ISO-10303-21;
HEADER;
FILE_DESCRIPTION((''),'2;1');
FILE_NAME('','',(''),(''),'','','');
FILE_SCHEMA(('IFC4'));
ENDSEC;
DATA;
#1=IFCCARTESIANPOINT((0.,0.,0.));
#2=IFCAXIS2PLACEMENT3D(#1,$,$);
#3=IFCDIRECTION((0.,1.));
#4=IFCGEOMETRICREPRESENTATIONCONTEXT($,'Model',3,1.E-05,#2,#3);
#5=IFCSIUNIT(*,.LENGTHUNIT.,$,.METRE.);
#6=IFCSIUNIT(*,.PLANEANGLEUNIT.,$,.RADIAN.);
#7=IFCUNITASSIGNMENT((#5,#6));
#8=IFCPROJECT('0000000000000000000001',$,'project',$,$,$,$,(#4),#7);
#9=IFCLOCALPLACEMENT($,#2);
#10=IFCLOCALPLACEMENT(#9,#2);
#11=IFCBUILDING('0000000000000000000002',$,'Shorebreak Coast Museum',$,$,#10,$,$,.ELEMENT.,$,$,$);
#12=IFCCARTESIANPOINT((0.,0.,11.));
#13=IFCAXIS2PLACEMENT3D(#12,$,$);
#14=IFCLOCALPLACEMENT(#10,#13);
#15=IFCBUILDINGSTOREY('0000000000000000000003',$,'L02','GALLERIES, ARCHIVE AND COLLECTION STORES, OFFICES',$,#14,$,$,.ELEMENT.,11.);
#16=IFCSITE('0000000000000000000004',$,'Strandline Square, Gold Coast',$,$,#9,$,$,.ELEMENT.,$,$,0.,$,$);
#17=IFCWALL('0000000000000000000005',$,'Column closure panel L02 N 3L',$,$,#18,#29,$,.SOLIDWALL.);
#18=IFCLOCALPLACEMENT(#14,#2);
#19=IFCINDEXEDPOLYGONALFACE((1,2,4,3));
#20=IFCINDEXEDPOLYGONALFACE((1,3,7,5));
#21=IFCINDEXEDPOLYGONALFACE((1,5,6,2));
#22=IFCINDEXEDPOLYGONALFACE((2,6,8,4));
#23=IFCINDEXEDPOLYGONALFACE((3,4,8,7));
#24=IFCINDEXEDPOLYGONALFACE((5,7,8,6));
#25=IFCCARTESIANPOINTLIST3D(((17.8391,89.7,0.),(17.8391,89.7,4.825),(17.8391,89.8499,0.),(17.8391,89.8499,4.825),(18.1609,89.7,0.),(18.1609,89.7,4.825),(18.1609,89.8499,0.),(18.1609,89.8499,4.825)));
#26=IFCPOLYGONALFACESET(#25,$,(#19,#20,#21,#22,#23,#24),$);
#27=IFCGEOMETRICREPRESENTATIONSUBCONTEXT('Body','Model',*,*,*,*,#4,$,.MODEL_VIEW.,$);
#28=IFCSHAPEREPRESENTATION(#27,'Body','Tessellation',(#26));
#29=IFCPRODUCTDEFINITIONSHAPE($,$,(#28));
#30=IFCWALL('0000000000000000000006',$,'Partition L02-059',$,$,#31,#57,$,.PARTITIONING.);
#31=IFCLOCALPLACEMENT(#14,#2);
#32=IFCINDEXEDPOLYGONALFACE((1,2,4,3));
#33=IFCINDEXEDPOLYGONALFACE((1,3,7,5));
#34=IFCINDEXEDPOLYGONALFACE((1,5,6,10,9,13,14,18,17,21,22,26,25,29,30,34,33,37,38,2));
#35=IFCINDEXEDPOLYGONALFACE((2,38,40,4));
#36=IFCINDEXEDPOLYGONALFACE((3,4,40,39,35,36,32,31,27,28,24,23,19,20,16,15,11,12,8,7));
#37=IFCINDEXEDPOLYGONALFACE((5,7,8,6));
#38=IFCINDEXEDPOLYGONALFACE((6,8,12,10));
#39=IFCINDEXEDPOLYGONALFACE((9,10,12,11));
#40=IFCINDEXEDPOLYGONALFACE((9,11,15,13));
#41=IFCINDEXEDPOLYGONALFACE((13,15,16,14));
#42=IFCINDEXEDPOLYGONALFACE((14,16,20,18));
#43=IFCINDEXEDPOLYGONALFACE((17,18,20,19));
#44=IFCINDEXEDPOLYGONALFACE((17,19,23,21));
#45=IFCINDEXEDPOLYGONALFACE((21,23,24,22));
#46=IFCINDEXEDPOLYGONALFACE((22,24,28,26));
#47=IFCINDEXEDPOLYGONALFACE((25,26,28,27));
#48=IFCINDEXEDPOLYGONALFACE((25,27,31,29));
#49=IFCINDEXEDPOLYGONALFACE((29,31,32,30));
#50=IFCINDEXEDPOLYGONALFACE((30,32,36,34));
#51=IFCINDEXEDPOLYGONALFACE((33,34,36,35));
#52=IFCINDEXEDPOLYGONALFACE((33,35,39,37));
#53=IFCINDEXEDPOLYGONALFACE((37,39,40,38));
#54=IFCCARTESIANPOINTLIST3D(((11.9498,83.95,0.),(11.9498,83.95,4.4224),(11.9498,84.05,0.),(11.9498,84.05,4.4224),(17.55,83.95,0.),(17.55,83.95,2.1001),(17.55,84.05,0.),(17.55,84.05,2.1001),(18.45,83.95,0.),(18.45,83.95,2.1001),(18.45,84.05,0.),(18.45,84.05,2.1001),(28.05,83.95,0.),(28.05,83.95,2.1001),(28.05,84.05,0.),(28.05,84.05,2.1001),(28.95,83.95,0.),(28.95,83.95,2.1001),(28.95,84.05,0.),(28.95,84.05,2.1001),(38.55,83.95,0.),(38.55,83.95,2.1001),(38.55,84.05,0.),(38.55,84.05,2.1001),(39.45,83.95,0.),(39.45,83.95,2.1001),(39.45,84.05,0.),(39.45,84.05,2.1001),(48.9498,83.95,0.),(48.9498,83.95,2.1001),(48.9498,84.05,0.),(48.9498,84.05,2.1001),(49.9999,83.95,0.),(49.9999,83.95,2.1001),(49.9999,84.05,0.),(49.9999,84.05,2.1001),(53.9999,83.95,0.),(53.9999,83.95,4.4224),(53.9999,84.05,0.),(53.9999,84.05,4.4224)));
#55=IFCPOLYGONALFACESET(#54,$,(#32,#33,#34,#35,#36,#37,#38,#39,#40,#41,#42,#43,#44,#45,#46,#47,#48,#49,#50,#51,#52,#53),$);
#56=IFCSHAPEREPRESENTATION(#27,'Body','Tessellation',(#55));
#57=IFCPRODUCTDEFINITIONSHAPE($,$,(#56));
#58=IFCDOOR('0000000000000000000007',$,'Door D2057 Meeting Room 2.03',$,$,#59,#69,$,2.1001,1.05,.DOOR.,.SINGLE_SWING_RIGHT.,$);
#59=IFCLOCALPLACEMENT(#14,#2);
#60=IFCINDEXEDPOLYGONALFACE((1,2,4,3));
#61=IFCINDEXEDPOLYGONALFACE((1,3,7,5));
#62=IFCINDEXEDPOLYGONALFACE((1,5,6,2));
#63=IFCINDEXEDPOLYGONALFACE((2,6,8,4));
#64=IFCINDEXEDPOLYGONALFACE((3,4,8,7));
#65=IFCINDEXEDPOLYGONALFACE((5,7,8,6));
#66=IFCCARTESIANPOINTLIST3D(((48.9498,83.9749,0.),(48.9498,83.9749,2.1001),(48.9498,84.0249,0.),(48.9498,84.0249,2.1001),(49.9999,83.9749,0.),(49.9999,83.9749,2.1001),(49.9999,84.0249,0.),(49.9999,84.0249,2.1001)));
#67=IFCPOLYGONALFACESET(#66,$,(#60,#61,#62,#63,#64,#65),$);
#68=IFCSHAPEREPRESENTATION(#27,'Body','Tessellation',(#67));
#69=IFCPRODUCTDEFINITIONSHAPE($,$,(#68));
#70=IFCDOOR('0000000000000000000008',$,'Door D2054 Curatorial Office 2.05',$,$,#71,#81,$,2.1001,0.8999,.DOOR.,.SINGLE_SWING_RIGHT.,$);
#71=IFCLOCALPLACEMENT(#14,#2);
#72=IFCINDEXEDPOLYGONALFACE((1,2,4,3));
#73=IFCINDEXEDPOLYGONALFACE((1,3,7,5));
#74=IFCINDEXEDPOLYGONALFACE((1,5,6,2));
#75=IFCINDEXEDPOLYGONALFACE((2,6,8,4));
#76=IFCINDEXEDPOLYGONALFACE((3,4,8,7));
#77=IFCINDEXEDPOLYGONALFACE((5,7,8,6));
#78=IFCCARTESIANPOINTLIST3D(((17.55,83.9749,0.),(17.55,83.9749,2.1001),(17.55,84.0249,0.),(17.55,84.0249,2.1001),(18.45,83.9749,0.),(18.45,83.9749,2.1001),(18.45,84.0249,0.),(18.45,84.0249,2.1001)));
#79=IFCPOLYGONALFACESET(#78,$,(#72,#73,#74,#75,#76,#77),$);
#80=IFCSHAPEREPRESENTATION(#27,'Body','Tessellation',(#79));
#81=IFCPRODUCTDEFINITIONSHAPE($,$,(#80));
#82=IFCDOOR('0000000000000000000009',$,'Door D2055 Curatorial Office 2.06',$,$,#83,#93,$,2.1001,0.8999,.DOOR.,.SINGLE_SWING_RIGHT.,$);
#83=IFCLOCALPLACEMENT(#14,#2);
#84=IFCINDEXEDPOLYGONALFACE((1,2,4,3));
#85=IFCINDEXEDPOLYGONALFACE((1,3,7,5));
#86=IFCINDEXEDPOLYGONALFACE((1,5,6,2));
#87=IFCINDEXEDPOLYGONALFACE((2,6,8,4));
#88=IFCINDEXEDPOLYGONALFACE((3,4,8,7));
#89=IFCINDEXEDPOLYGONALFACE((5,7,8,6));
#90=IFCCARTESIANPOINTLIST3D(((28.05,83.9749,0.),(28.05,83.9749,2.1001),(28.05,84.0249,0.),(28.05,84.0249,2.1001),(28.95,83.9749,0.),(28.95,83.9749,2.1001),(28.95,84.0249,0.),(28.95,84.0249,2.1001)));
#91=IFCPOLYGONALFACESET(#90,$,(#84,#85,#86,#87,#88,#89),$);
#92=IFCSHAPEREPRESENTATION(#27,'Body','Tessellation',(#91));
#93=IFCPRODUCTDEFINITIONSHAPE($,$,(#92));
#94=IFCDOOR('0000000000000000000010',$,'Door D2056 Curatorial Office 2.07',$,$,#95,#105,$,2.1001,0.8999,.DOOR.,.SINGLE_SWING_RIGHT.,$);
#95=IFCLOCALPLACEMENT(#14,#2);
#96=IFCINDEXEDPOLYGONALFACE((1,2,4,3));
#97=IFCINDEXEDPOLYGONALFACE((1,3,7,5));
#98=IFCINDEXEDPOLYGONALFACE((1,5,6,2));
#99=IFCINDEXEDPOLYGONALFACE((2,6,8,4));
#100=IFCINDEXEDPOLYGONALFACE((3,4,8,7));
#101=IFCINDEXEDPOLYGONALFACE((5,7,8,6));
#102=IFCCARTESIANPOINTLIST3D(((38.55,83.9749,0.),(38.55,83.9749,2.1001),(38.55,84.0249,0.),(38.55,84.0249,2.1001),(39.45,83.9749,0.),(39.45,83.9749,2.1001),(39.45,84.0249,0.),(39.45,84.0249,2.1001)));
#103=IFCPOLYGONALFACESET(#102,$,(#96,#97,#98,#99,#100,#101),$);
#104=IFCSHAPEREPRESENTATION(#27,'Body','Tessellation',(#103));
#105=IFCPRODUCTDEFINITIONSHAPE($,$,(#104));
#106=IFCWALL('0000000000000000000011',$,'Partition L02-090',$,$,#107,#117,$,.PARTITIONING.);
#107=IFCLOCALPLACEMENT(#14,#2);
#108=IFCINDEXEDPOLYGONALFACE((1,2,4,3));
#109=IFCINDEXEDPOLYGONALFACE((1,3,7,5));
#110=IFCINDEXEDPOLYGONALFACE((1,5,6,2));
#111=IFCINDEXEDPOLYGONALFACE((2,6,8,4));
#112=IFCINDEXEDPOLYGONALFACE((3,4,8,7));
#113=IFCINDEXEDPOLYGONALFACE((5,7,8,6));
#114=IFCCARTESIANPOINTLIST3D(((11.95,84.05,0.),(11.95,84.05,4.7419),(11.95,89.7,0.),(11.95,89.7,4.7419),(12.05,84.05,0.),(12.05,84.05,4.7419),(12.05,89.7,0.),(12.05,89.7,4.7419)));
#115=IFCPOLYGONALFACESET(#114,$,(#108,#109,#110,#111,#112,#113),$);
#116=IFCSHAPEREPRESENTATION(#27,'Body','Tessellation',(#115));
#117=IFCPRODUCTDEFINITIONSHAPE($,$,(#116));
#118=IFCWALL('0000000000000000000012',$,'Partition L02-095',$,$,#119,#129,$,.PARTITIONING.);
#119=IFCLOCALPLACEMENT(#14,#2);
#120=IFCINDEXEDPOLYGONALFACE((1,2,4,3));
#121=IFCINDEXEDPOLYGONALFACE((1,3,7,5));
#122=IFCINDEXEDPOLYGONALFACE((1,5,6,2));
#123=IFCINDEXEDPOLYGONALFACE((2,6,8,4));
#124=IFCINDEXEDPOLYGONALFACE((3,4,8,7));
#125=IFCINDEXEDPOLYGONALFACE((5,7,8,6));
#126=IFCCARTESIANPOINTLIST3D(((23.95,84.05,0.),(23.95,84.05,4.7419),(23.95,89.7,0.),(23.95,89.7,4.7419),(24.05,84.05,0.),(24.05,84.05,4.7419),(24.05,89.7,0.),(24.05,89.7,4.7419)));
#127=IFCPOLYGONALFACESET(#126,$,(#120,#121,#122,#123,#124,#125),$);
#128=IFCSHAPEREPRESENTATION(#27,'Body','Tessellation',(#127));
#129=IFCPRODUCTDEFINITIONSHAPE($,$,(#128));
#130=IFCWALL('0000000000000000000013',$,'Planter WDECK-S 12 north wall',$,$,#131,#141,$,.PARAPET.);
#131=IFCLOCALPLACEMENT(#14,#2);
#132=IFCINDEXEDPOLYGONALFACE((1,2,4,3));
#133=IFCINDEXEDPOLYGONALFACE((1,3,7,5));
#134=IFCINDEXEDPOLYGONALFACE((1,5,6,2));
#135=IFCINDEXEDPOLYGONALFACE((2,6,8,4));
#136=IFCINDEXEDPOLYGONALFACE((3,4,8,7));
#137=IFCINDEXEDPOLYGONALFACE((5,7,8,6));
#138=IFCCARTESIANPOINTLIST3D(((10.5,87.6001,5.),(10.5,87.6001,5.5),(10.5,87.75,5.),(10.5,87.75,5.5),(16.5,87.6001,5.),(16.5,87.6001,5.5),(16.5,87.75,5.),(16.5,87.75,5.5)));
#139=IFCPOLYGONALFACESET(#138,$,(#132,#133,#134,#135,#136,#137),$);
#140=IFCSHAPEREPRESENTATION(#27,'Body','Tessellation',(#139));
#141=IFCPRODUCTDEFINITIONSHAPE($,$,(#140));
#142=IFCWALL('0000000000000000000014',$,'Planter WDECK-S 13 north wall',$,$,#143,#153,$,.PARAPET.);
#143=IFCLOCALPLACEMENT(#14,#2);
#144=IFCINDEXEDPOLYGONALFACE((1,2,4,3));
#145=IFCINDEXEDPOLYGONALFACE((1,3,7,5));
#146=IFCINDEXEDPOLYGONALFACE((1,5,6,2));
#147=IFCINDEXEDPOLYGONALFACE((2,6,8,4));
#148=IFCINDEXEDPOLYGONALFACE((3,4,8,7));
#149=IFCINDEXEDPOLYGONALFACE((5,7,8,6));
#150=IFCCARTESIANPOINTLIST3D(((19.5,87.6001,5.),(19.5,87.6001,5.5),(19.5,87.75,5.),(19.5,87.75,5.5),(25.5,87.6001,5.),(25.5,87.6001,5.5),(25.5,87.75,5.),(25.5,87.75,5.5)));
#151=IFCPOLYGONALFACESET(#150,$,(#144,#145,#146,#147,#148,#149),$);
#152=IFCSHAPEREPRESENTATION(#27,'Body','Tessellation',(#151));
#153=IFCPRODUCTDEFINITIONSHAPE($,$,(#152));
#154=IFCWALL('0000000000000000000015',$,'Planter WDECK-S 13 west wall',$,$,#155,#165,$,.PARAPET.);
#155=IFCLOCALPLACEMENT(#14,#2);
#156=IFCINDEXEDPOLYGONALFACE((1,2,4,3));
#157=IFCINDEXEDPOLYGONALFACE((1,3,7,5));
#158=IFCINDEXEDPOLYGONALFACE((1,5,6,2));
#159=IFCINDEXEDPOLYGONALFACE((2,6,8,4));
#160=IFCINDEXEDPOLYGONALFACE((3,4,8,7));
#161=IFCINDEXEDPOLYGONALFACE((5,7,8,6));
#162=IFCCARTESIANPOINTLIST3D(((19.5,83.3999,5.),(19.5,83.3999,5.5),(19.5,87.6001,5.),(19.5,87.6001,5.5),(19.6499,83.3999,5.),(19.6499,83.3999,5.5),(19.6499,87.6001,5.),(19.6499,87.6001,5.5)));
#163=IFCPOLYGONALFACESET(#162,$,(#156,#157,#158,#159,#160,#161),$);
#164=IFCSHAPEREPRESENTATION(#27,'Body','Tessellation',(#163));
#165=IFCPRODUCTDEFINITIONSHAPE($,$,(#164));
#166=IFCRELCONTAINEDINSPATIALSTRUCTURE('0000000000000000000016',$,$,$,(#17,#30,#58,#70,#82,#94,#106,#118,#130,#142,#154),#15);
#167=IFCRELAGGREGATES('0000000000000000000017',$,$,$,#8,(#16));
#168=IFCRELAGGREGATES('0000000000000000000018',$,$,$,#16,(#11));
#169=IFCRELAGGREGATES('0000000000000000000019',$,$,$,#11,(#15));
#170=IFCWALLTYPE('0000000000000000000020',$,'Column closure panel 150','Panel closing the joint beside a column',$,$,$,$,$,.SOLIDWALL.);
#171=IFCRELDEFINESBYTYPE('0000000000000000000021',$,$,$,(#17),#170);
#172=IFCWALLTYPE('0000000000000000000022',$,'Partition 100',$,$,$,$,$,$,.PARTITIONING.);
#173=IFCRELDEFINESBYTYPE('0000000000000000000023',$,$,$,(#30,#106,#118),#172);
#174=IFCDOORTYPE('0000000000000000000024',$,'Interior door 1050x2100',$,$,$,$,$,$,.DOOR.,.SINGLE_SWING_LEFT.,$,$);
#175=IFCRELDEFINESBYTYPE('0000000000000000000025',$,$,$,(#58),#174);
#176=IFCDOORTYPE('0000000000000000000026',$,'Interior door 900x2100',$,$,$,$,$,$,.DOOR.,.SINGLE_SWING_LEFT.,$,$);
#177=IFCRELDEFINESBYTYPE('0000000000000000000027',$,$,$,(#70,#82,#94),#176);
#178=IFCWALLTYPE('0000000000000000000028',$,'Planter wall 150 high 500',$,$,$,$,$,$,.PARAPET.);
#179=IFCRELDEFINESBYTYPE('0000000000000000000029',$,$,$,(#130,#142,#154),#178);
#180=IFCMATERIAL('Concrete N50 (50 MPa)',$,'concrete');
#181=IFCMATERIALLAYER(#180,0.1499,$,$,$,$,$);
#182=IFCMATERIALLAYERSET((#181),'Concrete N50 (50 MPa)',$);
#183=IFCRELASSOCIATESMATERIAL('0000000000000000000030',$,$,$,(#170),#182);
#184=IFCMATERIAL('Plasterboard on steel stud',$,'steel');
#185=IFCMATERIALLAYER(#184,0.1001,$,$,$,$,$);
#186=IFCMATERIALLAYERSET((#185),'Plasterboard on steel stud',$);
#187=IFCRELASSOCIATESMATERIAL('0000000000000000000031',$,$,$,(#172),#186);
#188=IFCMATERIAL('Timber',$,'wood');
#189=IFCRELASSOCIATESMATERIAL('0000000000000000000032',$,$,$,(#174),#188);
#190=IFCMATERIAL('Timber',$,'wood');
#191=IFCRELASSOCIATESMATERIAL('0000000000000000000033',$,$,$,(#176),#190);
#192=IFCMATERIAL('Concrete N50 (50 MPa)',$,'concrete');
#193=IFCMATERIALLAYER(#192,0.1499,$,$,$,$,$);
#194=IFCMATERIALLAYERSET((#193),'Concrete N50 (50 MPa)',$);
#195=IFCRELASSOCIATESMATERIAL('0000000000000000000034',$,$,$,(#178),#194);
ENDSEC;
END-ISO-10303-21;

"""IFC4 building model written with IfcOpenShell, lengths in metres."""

from ifc_helpers import new_model, si_unit, direction, frame, frame_2d, origin, place, context, subcontext, project, spatial, rectangle, extrude, material, layer, layer_set, type_object, element, fill, save


model = new_model("IFC4")

# Units and contexts
model_context = context("Model", 3, precision=1e-05, world=origin(), true_north=direction((0.0, 1.0)))
body_context = subcontext(model_context, "Body", "Model", "MODEL_VIEW")
ifc_project = project(units=[si_unit("LENGTHUNIT", "METRE"), si_unit("PLANEANGLEUNIT", "RADIAN")], contexts=[model_context])

# Site, building, storey
site_placement = place(None, origin())
site = spatial("IfcSite", under=ifc_project, at=site_placement, Name="Strandline Square, Gold Coast", CompositionType="ELEMENT", RefElevation=0.0)
building_placement = place(site_placement, origin())
building = spatial("IfcBuilding", under=site, at=building_placement, Name="Shorebreak Coast Museum", CompositionType="ELEMENT")
storey_placement = place(building_placement, frame((0.0, 0.0, 11.0)))
storey = spatial("IfcBuildingStorey", under=building, at=storey_placement, Name="L02", Description="GALLERIES, ARCHIVE AND COLLECTION STORES, OFFICES", CompositionType="ELEMENT", Elevation=11.0)

# Wall
ifc_material_1 = material(Name="Concrete N50 (50 MPa)", Category="concrete")
ifc_layer_1 = layer(ifc_material_1, 0.1499)
ifc_layer_set_1 = layer_set([ifc_layer_1], Name="Concrete N50 (50 MPa)")
wall_type_1 = type_object("IfcWallType", Name="Column closure panel 150", Description="Panel closing the joint beside a column", PredefinedType="SOLIDWALL", material=ifc_layer_set_1)
wall_1_placement = place(storey_placement, frame((17.8391, 89.7749, 0.0), z_axis=(0.0, 0.0, 1.0), x_axis=(1.0, 0.0, 0.0)))
element("IfcWall", 1, at=wall_1_placement, inside=storey, type_object=wall_type_1, Name="Column closure panel L02 N 3L", PredefinedType="SOLIDWALL", context=body_context, shape_type="SweptSolid", body=[
    extrude(rectangle(XDim=0.3218, YDim=0.1499, at=frame_2d((0.1609, 0.0))), origin(), (0.0, 0.0, 1.0), 4.825),
])

# Wall, openings, doors
ifc_material_2 = material(Name="Plasterboard on steel stud", Category="steel")
ifc_layer_2 = layer(ifc_material_2, 0.1001)
ifc_layer_set_2 = layer_set([ifc_layer_2], Name="Plasterboard on steel stud")
wall_type_2 = type_object("IfcWallType", Name="Partition 100", PredefinedType="PARTITIONING", material=ifc_layer_set_2)
wall_2_placement = place(storey_placement, frame((11.95, 84.0, 0.0), z_axis=(0.0, 0.0, 1.0), x_axis=(1.0, 0.0, 0.0)))
wall_2 = element("IfcWall", 2, at=wall_2_placement, inside=storey, type_object=wall_type_2, Name="Partition L02-059", PredefinedType="PARTITIONING", context=body_context, shape_type="SweptSolid", body=[
    extrude(rectangle(XDim=42.05, YDim=0.1001, at=frame_2d((21.0249, 0.0))), origin(), (0.0, 0.0, 1.0), 4.4224),
])
opening_1_placement = place(wall_2_placement, frame((5.6001, 0.0, 0.0)))
opening_1 = element("IfcOpeningElement", 3, at=opening_1_placement, cuts=wall_2, PredefinedType="OPENING", context=body_context, shape_type="SweptSolid", body=[
    extrude(rectangle(XDim=0.8999, YDim=2.1001, at=frame_2d((0.45, 1.05))), frame((0.0, 0.0601, 0.0), z_axis=(0.0, -1.0, 0.0), x_axis=(1.0, 0.0, 0.0)), (0.0, 0.0, 1.0), 0.1201),
])
opening_2_placement = place(wall_2_placement, frame((16.1001, 0.0, 0.0)))
opening_2 = element("IfcOpeningElement", 4, at=opening_2_placement, cuts=wall_2, PredefinedType="OPENING", context=body_context, shape_type="SweptSolid", body=[
    extrude(rectangle(XDim=0.8999, YDim=2.1001, at=frame_2d((0.45, 1.05))), frame((0.0, 0.0601, 0.0), z_axis=(0.0, -1.0, 0.0), x_axis=(1.0, 0.0, 0.0)), (0.0, 0.0, 1.0), 0.1201),
])
opening_3_placement = place(wall_2_placement, frame((26.6001, 0.0, 0.0)))
opening_3 = element("IfcOpeningElement", 5, at=opening_3_placement, cuts=wall_2, PredefinedType="OPENING", context=body_context, shape_type="SweptSolid", body=[
    extrude(rectangle(XDim=0.8999, YDim=2.1001, at=frame_2d((0.45, 1.05))), frame((0.0, 0.0601, 0.0), z_axis=(0.0, -1.0, 0.0), x_axis=(1.0, 0.0, 0.0)), (0.0, 0.0, 1.0), 0.1201),
])
opening_4_placement = place(wall_2_placement, frame((37.0, 0.0, 0.0)))
opening_4 = element("IfcOpeningElement", 6, at=opening_4_placement, cuts=wall_2, PredefinedType="OPENING", context=body_context, shape_type="SweptSolid", body=[
    extrude(rectangle(XDim=1.05, YDim=2.1001, at=frame_2d((0.5249, 1.05))), frame((0.0, 0.0601, 0.0), z_axis=(0.0, -1.0, 0.0), x_axis=(1.0, 0.0, 0.0)), (0.0, 0.0, 1.0), 0.1201),
])
ifc_material_3 = material(Name="Timber", Category="wood")
door_type_1 = type_object("IfcDoorType", Name="Interior door 1050x2100", OperationType="SINGLE_SWING_LEFT", PredefinedType="DOOR", material=ifc_material_3)
door_1_placement = place(opening_4_placement, origin())
door_1 = element("IfcDoor", 7, at=door_1_placement, inside=storey, type_object=door_type_1, Name="Door D2057 Meeting Room 2.03", OperationType="SINGLE_SWING_RIGHT", OverallHeight=2.1001, OverallWidth=1.05, PredefinedType="DOOR", context=body_context, shape_type="SweptSolid", body=[
    extrude(rectangle(XDim=1.05, YDim=2.1001, at=frame_2d((0.5249, 1.05))), frame((0.0, 0.0249, 0.0), z_axis=(0.0, -1.0, 0.0), x_axis=(1.0, 0.0, 0.0)), (0.0, 0.0, 1.0), 0.05),
])
fill(opening_4, door_1)
ifc_material_4 = material(Name="Timber", Category="wood")
door_type_2 = type_object("IfcDoorType", Name="Interior door 900x2100", OperationType="SINGLE_SWING_LEFT", PredefinedType="DOOR", material=ifc_material_4)
door_2_placement = place(opening_1_placement, origin())
door_2 = element("IfcDoor", 8, at=door_2_placement, inside=storey, type_object=door_type_2, Name="Door D2054 Curatorial Office 2.05", OperationType="SINGLE_SWING_RIGHT", OverallHeight=2.1001, OverallWidth=0.8999, PredefinedType="DOOR", context=body_context, shape_type="SweptSolid", body=[
    extrude(rectangle(XDim=0.8999, YDim=2.1001, at=frame_2d((0.45, 1.05))), frame((0.0, 0.0249, 0.0), z_axis=(0.0, -1.0, 0.0), x_axis=(1.0, 0.0, 0.0)), (0.0, 0.0, 1.0), 0.05),
])
fill(opening_1, door_2)
door_3_placement = place(opening_2_placement, origin())
door_3 = element("IfcDoor", 9, at=door_3_placement, inside=storey, type_object=door_type_2, Name="Door D2055 Curatorial Office 2.06", OperationType="SINGLE_SWING_RIGHT", OverallHeight=2.1001, OverallWidth=0.8999, PredefinedType="DOOR", context=body_context, shape_type="SweptSolid", body=[
    extrude(rectangle(XDim=0.8999, YDim=2.1001, at=frame_2d((0.45, 1.05))), frame((0.0, 0.0249, 0.0), z_axis=(0.0, -1.0, 0.0), x_axis=(1.0, 0.0, 0.0)), (0.0, 0.0, 1.0), 0.05),
])
fill(opening_2, door_3)
door_4_placement = place(opening_3_placement, origin())
door_4 = element("IfcDoor", 10, at=door_4_placement, inside=storey, type_object=door_type_2, Name="Door D2056 Curatorial Office 2.07", OperationType="SINGLE_SWING_RIGHT", OverallHeight=2.1001, OverallWidth=0.8999, PredefinedType="DOOR", context=body_context, shape_type="SweptSolid", body=[
    extrude(rectangle(XDim=0.8999, YDim=2.1001, at=frame_2d((0.45, 1.05))), frame((0.0, 0.0249, 0.0), z_axis=(0.0, -1.0, 0.0), x_axis=(1.0, 0.0, 0.0)), (0.0, 0.0, 1.0), 0.05),
])
fill(opening_3, door_4)

# Walls
for number, where, z_axis, x_axis, name in (
    (11, (12.0, 84.05, 0.0), (0.0, 0.0, 1.0), (0.0, 1.0, 0.0), "Partition L02-090"),
    (12, (24.0, 84.05, 0.0), (0.0, 0.0, 1.0), (0.0, 1.0, 0.0), "Partition L02-095"),
):
    element("IfcWall", number, at=place(storey_placement, frame(where, z_axis=z_axis, x_axis=x_axis)), inside=storey, type_object=wall_type_2, Name=name, PredefinedType="PARTITIONING", context=body_context, shape_type="SweptSolid", body=[
        extrude(rectangle(XDim=5.6499, YDim=0.1001, at=frame_2d((2.825, 0.0))), origin(), (0.0, 0.0, 1.0), 4.7419),
    ])
ifc_material_5 = material(Name="Concrete N50 (50 MPa)", Category="concrete")
ifc_layer_3 = layer(ifc_material_5, 0.1499)
ifc_layer_set_3 = layer_set([ifc_layer_3], Name="Concrete N50 (50 MPa)")
wall_type_3 = type_object("IfcWallType", Name="Planter wall 150 high 500", PredefinedType="PARAPET", material=ifc_layer_set_3)
for number, where, z_axis, x_axis, name in (
    (13, (10.5, 87.675, 5.0), (0.0, 0.0, 1.0), (1.0, 0.0, 0.0), "Planter WDECK-S 12 north wall"),
    (14, (19.5, 87.675, 5.0), (0.0, 0.0, 1.0), (1.0, 0.0, 0.0), "Planter WDECK-S 13 north wall"),
):
    element("IfcWall", number, at=place(storey_placement, frame(where, z_axis=z_axis, x_axis=x_axis)), inside=storey, type_object=wall_type_3, Name=name, PredefinedType="PARAPET", context=body_context, shape_type="SweptSolid", body=[
        extrude(rectangle(XDim=6.0, YDim=0.1499, at=frame_2d((3.0, 0.0))), origin(), (0.0, 0.0, 1.0), 0.5),
    ])
wall_3_placement = place(storey_placement, frame((19.575, 83.3999, 5.0), z_axis=(0.0, 0.0, 1.0), x_axis=(0.0, 1.0, 0.0)))
element("IfcWall", 15, at=wall_3_placement, inside=storey, type_object=wall_type_3, Name="Planter WDECK-S 13 west wall", PredefinedType="PARAPET", context=body_context, shape_type="SweptSolid", body=[
    extrude(rectangle(XDim=4.2002, YDim=0.1499, at=frame_2d((2.1001, 0.0))), origin(), (0.0, 0.0, 1.0), 0.5),
])

save(model, "model.ifc")
